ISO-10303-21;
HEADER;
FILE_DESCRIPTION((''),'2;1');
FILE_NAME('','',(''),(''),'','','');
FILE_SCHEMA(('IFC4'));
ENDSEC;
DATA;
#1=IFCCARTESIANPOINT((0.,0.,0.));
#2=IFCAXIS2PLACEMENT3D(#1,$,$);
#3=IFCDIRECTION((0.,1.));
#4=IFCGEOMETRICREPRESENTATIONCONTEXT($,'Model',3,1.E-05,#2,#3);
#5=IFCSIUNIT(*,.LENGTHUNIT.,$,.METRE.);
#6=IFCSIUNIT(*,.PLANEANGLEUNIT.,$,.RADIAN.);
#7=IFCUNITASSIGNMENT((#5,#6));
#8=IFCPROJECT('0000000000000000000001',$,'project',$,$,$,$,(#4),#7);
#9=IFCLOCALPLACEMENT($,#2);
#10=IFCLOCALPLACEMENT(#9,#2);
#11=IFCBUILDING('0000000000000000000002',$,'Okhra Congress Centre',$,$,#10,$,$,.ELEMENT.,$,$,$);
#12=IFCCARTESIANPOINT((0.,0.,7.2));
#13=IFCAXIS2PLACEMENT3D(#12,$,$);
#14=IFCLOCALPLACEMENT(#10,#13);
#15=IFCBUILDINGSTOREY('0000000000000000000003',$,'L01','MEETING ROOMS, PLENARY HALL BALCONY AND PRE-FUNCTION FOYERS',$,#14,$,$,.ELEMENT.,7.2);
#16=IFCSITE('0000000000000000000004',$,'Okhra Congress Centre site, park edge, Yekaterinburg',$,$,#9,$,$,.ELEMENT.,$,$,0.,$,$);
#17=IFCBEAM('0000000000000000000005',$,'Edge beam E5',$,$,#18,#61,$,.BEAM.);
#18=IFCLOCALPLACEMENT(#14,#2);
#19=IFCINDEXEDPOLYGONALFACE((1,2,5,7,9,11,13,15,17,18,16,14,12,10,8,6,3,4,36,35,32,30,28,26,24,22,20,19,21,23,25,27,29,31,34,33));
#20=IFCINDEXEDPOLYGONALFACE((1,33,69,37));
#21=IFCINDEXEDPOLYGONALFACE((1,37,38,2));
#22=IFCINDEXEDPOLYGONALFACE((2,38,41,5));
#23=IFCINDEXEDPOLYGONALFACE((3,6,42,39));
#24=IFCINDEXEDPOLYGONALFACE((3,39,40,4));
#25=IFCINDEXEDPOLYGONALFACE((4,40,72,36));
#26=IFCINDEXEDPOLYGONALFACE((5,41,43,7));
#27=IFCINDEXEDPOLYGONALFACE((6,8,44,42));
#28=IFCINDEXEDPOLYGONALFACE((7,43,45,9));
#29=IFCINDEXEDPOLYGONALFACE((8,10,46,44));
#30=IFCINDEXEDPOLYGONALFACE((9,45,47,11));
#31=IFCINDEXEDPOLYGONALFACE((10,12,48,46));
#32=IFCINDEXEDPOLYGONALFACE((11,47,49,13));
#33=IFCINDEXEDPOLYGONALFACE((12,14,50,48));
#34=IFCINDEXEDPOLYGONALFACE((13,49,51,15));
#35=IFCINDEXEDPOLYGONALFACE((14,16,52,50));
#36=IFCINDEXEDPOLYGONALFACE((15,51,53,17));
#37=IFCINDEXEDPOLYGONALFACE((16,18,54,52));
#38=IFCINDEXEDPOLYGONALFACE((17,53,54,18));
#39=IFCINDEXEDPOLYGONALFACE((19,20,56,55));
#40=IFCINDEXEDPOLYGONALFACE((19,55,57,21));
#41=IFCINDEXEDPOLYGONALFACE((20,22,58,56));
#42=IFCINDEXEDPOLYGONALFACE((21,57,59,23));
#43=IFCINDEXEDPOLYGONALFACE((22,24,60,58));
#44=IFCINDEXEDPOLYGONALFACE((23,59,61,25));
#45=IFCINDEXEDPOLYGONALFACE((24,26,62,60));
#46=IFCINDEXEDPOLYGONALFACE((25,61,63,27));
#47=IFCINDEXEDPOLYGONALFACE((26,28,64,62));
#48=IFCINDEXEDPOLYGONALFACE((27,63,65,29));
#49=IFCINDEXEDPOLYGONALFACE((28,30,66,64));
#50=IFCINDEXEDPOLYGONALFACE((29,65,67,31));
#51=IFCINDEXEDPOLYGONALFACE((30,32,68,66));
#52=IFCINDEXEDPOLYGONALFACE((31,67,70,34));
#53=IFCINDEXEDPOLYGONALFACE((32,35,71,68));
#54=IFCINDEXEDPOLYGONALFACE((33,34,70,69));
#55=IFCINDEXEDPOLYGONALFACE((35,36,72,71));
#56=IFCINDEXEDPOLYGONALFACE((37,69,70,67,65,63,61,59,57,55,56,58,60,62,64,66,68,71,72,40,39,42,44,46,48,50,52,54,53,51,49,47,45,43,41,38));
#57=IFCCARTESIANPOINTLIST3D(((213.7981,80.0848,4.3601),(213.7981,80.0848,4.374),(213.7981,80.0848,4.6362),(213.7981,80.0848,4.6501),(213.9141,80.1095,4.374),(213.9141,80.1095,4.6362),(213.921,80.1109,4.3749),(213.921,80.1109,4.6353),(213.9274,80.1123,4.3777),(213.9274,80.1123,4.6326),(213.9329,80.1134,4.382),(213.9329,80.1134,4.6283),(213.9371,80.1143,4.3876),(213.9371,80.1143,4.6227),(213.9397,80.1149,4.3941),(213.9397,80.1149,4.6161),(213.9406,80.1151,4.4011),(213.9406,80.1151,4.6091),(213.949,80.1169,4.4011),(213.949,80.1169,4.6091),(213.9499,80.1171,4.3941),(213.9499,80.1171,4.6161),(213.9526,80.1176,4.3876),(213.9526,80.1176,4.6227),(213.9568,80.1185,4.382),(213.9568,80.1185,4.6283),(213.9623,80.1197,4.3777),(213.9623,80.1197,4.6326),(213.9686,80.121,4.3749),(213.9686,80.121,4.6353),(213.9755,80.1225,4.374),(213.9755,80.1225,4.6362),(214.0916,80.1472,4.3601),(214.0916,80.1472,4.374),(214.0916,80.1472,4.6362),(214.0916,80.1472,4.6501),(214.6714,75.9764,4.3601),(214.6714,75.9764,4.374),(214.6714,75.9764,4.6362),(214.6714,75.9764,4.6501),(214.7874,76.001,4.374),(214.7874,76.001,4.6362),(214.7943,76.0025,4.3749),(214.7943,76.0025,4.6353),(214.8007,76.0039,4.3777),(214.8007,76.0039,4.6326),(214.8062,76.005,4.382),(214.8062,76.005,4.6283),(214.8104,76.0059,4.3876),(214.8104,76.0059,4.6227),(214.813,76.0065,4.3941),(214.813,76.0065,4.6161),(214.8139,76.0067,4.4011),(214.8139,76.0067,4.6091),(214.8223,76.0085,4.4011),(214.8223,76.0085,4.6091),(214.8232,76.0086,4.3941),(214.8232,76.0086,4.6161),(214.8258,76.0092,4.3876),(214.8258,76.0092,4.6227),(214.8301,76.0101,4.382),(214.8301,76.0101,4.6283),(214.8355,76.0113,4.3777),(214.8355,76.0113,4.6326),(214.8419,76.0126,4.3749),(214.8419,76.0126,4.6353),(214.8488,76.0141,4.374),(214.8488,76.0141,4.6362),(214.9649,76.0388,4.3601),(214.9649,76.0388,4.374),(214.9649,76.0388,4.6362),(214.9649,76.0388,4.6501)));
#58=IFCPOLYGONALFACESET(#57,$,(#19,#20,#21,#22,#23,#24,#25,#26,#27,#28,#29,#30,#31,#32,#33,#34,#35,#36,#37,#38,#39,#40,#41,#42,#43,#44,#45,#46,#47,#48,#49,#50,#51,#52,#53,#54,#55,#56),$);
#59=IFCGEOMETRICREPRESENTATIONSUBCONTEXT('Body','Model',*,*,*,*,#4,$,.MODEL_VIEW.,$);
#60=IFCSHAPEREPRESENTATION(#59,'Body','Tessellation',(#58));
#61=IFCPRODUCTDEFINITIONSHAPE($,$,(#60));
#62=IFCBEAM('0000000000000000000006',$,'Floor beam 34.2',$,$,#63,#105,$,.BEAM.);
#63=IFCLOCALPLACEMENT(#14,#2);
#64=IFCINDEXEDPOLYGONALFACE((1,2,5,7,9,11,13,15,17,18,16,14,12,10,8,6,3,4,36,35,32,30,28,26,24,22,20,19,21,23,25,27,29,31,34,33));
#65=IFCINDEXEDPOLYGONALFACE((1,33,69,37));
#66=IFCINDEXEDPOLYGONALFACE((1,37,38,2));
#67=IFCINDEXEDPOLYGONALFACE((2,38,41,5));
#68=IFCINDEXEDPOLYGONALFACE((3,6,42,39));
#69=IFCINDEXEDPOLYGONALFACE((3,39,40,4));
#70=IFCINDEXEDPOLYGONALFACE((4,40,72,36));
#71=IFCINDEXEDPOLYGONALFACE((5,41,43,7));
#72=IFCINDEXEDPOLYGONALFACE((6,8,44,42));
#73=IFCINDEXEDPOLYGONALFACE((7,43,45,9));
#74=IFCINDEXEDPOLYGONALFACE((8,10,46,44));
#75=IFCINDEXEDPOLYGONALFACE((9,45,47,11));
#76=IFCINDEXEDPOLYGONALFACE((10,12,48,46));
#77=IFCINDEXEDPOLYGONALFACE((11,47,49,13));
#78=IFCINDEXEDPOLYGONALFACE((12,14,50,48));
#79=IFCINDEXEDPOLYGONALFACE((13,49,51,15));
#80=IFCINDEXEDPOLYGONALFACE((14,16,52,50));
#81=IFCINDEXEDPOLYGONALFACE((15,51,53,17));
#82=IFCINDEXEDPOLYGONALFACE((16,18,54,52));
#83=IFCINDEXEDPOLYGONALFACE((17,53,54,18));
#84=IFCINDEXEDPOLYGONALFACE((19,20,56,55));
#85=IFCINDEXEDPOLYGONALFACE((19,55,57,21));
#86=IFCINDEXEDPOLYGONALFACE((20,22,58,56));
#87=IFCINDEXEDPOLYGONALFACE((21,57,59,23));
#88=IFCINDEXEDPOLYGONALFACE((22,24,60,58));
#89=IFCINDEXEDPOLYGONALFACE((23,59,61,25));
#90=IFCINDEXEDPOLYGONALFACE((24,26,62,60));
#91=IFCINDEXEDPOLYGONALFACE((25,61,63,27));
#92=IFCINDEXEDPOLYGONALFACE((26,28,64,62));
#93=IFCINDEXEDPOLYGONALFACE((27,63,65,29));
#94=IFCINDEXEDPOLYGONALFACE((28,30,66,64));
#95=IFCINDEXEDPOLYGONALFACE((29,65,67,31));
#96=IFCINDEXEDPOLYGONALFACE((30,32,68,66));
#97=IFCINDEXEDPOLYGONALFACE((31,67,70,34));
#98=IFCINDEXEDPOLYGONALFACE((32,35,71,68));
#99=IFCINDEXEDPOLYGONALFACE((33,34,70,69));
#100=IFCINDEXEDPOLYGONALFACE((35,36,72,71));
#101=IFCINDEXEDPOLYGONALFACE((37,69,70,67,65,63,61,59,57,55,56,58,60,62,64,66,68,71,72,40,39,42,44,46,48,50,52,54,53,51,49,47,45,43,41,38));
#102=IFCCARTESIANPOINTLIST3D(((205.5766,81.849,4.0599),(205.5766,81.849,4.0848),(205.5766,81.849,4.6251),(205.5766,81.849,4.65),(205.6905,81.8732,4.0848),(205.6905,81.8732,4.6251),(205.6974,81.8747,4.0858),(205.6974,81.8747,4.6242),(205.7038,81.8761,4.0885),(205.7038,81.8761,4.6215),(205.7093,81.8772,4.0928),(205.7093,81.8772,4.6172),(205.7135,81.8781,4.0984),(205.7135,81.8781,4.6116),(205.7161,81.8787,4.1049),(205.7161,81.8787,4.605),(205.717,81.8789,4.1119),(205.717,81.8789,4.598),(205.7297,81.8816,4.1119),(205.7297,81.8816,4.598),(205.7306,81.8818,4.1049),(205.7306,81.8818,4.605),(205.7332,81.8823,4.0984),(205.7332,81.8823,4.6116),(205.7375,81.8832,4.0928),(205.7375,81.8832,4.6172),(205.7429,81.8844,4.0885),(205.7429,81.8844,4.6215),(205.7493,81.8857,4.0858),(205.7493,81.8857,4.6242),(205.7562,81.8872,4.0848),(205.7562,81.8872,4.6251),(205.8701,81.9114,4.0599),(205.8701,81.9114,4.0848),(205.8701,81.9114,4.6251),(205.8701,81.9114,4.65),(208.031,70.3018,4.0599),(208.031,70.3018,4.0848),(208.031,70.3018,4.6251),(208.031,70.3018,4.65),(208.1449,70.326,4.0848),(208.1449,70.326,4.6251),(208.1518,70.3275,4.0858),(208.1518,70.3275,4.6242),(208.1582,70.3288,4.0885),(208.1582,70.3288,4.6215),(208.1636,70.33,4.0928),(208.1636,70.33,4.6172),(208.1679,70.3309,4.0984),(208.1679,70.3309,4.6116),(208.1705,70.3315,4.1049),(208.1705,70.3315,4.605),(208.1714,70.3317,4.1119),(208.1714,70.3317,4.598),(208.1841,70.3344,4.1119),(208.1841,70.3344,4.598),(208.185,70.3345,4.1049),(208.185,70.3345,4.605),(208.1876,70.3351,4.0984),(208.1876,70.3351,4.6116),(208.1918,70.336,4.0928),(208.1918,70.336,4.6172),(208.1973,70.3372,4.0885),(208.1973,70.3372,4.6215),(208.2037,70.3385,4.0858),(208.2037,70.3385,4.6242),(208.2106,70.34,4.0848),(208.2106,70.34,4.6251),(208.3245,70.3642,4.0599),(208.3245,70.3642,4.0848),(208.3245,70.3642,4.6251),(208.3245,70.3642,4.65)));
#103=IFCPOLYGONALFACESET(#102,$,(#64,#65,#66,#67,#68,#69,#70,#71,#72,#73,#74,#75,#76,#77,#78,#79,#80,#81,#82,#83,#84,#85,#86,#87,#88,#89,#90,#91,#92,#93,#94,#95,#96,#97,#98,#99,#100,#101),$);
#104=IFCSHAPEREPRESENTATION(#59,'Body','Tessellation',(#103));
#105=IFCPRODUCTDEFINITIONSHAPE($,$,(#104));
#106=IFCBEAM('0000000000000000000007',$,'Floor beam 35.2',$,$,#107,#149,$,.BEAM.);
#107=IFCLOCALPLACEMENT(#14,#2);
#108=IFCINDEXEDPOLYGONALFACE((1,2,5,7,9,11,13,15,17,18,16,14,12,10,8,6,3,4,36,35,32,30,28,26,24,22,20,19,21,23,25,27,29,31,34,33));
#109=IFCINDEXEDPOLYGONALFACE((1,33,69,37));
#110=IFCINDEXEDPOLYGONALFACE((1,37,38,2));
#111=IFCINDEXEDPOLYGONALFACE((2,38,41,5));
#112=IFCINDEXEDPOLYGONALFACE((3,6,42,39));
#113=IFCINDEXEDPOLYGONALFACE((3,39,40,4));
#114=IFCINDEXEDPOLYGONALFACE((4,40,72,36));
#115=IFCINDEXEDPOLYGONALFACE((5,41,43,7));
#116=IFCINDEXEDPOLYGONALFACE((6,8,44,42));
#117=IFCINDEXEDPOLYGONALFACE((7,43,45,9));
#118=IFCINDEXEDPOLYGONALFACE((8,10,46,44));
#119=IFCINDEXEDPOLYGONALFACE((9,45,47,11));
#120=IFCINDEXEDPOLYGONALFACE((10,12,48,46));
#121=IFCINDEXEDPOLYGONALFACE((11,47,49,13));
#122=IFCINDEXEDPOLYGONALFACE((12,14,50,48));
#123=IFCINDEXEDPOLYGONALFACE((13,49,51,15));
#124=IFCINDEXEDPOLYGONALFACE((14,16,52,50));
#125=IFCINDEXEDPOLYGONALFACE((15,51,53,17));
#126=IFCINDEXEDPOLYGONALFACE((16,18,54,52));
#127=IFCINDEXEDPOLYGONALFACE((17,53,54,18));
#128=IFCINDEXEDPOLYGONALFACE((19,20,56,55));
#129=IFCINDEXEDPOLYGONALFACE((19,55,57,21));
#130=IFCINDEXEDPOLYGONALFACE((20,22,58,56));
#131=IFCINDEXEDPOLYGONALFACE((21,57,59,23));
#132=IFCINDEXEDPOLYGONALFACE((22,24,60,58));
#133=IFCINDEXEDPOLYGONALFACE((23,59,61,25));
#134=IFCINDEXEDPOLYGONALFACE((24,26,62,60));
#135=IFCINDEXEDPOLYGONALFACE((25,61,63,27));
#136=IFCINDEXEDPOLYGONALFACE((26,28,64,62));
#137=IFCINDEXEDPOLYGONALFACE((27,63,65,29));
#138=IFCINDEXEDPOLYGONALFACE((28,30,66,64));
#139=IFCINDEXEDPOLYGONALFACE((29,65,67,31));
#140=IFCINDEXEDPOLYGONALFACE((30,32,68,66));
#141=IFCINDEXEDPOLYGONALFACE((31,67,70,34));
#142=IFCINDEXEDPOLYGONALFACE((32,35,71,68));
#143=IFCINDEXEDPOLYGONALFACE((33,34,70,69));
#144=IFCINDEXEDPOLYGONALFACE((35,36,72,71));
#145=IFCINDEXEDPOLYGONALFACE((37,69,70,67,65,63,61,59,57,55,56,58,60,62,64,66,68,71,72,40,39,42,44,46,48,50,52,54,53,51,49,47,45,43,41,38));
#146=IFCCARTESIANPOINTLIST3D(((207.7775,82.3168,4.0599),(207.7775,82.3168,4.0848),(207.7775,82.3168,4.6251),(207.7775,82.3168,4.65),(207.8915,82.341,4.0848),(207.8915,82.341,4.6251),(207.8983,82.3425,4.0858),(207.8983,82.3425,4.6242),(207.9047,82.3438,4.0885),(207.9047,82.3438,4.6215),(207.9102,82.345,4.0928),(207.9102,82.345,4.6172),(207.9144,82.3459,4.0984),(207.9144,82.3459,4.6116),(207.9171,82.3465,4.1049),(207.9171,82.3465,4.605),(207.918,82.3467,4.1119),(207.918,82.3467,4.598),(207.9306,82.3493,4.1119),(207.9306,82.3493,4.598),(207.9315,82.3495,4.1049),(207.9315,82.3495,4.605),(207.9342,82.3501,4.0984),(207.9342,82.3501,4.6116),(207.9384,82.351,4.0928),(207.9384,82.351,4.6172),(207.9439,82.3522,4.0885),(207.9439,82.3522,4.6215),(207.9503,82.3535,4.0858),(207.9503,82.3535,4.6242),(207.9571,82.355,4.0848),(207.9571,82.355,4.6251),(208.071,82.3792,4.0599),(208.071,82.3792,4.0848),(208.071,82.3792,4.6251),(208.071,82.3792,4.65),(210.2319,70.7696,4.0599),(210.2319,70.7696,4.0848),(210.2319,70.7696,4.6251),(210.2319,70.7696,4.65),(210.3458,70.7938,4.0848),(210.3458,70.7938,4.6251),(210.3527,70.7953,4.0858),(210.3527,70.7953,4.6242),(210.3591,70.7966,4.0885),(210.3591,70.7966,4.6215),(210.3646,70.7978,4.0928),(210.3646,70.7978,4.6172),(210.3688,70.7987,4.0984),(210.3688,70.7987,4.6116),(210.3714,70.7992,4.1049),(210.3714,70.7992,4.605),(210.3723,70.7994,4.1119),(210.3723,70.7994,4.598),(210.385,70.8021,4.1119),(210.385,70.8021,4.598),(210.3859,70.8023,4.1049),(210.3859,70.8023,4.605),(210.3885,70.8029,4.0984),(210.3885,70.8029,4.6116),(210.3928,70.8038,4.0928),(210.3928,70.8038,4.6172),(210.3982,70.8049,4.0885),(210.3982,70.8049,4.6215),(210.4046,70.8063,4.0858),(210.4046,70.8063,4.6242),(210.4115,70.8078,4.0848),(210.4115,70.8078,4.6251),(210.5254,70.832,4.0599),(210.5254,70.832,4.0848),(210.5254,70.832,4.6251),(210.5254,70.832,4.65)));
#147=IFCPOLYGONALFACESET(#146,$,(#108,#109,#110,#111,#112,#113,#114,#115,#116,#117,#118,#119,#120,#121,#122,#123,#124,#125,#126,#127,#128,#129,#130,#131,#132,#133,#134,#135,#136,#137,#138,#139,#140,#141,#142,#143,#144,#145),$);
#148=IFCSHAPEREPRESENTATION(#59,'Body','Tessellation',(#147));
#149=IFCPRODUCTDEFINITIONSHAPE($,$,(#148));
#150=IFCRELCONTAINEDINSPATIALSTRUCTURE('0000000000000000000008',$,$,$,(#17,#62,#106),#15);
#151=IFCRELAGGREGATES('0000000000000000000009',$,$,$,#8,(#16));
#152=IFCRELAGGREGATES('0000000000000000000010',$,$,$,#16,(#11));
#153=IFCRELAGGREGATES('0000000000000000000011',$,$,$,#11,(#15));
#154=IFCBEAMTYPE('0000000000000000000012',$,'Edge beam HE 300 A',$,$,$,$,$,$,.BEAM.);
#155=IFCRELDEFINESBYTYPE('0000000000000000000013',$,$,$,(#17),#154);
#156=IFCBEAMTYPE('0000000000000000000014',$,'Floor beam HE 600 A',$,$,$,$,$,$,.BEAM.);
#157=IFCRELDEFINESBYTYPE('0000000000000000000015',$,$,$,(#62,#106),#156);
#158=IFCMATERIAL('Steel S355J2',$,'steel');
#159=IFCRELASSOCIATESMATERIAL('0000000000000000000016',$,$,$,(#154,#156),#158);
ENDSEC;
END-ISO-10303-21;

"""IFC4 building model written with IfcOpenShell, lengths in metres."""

from ifc_helpers import new_model, si_unit, direction, frame, origin, origin_2d, place, context, subcontext, project, spatial, i_section, extrude, material, material_profile, profile_set, type_object, element, save


model = new_model("IFC4")

# Units and contexts
model_context = context("Model", 3, precision=1e-05, world=origin(), true_north=direction((0.0, 1.0)))
body_context = subcontext(model_context, "Body", "Model", "MODEL_VIEW")
ifc_project = project(units=[si_unit("LENGTHUNIT", "METRE"), si_unit("PLANEANGLEUNIT", "RADIAN")], contexts=[model_context])

# Site, building, storey
site_placement = place(None, origin())
site = spatial("IfcSite", under=ifc_project, at=site_placement, Name="Okhra Congress Centre site, park edge, Yekaterinburg", CompositionType="ELEMENT", RefElevation=0.0)
building_placement = place(site_placement, origin())
building = spatial("IfcBuilding", under=site, at=building_placement, Name="Okhra Congress Centre", CompositionType="ELEMENT")
storey_placement = place(building_placement, frame((0.0, 0.0, 7.2)))
storey = spatial("IfcBuildingStorey", under=building, at=storey_placement, Name="L01", Description="MEETING ROOMS, PLENARY HALL BALCONY AND PRE-FUNCTION FOYERS", CompositionType="ELEMENT", Elevation=7.2)

# Shared definitions
ifc_material_1 = material(Name="Steel S355J2", Category="steel")

# Beams
ifc_material_profile_1 = material_profile(ifc_material_1, i_section(OverallWidth=0.3, OverallDepth=0.29, WebThickness=0.0085, FlangeThickness=0.0139, FilletRadius=0.0271, at=origin_2d()), Name="HE 300 A")
ifc_profile_set_1 = profile_set([ifc_material_profile_1], Name="Steel S355J2")
beam_type_1 = type_object("IfcBeamType", Name="Edge beam HE 300 A", PredefinedType="BEAM", material=ifc_profile_set_1)
beam_1_placement = place(storey_placement, frame((214.8181, 76.0076, 4.5051), z_axis=(-0.207917, 0.978146, 0.0), x_axis=(-0.978146, -0.207917, 0.0)))
element("IfcBeam", 1, at=beam_1_placement, inside=storey, type_object=beam_type_1, Name="Edge beam E5", PredefinedType="BEAM", context=body_context, shape_type="SweptSolid", body=[
    extrude(i_section(OverallWidth=0.3, OverallDepth=0.29, WebThickness=0.0085, FlangeThickness=0.0139, FilletRadius=0.0271, at=origin_2d()), origin(), (0.0, 0.0, 1.0), 4.2002),
])
ifc_material_profile_2 = material_profile(ifc_material_1, i_section(OverallWidth=0.3, OverallDepth=0.5901, WebThickness=0.0129, FlangeThickness=0.0249, FilletRadius=0.0271, at=origin_2d()), Name="HE 600 A")
ifc_profile_set_2 = profile_set([ifc_material_profile_2], Name="Steel S355J2")
beam_type_2 = type_object("IfcBeamType", Name="Floor beam HE 600 A", PredefinedType="BEAM", material=ifc_profile_set_2)
for number, where, z_axis, x_axis, name in (
    (2, (208.1777, 70.333, 4.355), (-0.207906, 0.978149, 0.0), (-0.978149, -0.207906, 0.0), "Floor beam 34.2"),
    (3, (210.3787, 70.8008, 4.355), (-0.207906, 0.978149, 0.0), (-0.978149, -0.207906, 0.0), "Floor beam 35.2"),
):
    element("IfcBeam", number, at=place(storey_placement, frame(where, z_axis=z_axis, x_axis=x_axis)), inside=storey, type_object=beam_type_2, Name=name, PredefinedType="BEAM", context=body_context, shape_type="SweptSolid", body=[
        extrude(i_section(OverallWidth=0.3, OverallDepth=0.5901, WebThickness=0.0129, FlangeThickness=0.0249, FilletRadius=0.0271, at=origin_2d()), origin(), (0.0, 0.0, 1.0), 11.8052),
    ])

save(model, "model.ifc")
